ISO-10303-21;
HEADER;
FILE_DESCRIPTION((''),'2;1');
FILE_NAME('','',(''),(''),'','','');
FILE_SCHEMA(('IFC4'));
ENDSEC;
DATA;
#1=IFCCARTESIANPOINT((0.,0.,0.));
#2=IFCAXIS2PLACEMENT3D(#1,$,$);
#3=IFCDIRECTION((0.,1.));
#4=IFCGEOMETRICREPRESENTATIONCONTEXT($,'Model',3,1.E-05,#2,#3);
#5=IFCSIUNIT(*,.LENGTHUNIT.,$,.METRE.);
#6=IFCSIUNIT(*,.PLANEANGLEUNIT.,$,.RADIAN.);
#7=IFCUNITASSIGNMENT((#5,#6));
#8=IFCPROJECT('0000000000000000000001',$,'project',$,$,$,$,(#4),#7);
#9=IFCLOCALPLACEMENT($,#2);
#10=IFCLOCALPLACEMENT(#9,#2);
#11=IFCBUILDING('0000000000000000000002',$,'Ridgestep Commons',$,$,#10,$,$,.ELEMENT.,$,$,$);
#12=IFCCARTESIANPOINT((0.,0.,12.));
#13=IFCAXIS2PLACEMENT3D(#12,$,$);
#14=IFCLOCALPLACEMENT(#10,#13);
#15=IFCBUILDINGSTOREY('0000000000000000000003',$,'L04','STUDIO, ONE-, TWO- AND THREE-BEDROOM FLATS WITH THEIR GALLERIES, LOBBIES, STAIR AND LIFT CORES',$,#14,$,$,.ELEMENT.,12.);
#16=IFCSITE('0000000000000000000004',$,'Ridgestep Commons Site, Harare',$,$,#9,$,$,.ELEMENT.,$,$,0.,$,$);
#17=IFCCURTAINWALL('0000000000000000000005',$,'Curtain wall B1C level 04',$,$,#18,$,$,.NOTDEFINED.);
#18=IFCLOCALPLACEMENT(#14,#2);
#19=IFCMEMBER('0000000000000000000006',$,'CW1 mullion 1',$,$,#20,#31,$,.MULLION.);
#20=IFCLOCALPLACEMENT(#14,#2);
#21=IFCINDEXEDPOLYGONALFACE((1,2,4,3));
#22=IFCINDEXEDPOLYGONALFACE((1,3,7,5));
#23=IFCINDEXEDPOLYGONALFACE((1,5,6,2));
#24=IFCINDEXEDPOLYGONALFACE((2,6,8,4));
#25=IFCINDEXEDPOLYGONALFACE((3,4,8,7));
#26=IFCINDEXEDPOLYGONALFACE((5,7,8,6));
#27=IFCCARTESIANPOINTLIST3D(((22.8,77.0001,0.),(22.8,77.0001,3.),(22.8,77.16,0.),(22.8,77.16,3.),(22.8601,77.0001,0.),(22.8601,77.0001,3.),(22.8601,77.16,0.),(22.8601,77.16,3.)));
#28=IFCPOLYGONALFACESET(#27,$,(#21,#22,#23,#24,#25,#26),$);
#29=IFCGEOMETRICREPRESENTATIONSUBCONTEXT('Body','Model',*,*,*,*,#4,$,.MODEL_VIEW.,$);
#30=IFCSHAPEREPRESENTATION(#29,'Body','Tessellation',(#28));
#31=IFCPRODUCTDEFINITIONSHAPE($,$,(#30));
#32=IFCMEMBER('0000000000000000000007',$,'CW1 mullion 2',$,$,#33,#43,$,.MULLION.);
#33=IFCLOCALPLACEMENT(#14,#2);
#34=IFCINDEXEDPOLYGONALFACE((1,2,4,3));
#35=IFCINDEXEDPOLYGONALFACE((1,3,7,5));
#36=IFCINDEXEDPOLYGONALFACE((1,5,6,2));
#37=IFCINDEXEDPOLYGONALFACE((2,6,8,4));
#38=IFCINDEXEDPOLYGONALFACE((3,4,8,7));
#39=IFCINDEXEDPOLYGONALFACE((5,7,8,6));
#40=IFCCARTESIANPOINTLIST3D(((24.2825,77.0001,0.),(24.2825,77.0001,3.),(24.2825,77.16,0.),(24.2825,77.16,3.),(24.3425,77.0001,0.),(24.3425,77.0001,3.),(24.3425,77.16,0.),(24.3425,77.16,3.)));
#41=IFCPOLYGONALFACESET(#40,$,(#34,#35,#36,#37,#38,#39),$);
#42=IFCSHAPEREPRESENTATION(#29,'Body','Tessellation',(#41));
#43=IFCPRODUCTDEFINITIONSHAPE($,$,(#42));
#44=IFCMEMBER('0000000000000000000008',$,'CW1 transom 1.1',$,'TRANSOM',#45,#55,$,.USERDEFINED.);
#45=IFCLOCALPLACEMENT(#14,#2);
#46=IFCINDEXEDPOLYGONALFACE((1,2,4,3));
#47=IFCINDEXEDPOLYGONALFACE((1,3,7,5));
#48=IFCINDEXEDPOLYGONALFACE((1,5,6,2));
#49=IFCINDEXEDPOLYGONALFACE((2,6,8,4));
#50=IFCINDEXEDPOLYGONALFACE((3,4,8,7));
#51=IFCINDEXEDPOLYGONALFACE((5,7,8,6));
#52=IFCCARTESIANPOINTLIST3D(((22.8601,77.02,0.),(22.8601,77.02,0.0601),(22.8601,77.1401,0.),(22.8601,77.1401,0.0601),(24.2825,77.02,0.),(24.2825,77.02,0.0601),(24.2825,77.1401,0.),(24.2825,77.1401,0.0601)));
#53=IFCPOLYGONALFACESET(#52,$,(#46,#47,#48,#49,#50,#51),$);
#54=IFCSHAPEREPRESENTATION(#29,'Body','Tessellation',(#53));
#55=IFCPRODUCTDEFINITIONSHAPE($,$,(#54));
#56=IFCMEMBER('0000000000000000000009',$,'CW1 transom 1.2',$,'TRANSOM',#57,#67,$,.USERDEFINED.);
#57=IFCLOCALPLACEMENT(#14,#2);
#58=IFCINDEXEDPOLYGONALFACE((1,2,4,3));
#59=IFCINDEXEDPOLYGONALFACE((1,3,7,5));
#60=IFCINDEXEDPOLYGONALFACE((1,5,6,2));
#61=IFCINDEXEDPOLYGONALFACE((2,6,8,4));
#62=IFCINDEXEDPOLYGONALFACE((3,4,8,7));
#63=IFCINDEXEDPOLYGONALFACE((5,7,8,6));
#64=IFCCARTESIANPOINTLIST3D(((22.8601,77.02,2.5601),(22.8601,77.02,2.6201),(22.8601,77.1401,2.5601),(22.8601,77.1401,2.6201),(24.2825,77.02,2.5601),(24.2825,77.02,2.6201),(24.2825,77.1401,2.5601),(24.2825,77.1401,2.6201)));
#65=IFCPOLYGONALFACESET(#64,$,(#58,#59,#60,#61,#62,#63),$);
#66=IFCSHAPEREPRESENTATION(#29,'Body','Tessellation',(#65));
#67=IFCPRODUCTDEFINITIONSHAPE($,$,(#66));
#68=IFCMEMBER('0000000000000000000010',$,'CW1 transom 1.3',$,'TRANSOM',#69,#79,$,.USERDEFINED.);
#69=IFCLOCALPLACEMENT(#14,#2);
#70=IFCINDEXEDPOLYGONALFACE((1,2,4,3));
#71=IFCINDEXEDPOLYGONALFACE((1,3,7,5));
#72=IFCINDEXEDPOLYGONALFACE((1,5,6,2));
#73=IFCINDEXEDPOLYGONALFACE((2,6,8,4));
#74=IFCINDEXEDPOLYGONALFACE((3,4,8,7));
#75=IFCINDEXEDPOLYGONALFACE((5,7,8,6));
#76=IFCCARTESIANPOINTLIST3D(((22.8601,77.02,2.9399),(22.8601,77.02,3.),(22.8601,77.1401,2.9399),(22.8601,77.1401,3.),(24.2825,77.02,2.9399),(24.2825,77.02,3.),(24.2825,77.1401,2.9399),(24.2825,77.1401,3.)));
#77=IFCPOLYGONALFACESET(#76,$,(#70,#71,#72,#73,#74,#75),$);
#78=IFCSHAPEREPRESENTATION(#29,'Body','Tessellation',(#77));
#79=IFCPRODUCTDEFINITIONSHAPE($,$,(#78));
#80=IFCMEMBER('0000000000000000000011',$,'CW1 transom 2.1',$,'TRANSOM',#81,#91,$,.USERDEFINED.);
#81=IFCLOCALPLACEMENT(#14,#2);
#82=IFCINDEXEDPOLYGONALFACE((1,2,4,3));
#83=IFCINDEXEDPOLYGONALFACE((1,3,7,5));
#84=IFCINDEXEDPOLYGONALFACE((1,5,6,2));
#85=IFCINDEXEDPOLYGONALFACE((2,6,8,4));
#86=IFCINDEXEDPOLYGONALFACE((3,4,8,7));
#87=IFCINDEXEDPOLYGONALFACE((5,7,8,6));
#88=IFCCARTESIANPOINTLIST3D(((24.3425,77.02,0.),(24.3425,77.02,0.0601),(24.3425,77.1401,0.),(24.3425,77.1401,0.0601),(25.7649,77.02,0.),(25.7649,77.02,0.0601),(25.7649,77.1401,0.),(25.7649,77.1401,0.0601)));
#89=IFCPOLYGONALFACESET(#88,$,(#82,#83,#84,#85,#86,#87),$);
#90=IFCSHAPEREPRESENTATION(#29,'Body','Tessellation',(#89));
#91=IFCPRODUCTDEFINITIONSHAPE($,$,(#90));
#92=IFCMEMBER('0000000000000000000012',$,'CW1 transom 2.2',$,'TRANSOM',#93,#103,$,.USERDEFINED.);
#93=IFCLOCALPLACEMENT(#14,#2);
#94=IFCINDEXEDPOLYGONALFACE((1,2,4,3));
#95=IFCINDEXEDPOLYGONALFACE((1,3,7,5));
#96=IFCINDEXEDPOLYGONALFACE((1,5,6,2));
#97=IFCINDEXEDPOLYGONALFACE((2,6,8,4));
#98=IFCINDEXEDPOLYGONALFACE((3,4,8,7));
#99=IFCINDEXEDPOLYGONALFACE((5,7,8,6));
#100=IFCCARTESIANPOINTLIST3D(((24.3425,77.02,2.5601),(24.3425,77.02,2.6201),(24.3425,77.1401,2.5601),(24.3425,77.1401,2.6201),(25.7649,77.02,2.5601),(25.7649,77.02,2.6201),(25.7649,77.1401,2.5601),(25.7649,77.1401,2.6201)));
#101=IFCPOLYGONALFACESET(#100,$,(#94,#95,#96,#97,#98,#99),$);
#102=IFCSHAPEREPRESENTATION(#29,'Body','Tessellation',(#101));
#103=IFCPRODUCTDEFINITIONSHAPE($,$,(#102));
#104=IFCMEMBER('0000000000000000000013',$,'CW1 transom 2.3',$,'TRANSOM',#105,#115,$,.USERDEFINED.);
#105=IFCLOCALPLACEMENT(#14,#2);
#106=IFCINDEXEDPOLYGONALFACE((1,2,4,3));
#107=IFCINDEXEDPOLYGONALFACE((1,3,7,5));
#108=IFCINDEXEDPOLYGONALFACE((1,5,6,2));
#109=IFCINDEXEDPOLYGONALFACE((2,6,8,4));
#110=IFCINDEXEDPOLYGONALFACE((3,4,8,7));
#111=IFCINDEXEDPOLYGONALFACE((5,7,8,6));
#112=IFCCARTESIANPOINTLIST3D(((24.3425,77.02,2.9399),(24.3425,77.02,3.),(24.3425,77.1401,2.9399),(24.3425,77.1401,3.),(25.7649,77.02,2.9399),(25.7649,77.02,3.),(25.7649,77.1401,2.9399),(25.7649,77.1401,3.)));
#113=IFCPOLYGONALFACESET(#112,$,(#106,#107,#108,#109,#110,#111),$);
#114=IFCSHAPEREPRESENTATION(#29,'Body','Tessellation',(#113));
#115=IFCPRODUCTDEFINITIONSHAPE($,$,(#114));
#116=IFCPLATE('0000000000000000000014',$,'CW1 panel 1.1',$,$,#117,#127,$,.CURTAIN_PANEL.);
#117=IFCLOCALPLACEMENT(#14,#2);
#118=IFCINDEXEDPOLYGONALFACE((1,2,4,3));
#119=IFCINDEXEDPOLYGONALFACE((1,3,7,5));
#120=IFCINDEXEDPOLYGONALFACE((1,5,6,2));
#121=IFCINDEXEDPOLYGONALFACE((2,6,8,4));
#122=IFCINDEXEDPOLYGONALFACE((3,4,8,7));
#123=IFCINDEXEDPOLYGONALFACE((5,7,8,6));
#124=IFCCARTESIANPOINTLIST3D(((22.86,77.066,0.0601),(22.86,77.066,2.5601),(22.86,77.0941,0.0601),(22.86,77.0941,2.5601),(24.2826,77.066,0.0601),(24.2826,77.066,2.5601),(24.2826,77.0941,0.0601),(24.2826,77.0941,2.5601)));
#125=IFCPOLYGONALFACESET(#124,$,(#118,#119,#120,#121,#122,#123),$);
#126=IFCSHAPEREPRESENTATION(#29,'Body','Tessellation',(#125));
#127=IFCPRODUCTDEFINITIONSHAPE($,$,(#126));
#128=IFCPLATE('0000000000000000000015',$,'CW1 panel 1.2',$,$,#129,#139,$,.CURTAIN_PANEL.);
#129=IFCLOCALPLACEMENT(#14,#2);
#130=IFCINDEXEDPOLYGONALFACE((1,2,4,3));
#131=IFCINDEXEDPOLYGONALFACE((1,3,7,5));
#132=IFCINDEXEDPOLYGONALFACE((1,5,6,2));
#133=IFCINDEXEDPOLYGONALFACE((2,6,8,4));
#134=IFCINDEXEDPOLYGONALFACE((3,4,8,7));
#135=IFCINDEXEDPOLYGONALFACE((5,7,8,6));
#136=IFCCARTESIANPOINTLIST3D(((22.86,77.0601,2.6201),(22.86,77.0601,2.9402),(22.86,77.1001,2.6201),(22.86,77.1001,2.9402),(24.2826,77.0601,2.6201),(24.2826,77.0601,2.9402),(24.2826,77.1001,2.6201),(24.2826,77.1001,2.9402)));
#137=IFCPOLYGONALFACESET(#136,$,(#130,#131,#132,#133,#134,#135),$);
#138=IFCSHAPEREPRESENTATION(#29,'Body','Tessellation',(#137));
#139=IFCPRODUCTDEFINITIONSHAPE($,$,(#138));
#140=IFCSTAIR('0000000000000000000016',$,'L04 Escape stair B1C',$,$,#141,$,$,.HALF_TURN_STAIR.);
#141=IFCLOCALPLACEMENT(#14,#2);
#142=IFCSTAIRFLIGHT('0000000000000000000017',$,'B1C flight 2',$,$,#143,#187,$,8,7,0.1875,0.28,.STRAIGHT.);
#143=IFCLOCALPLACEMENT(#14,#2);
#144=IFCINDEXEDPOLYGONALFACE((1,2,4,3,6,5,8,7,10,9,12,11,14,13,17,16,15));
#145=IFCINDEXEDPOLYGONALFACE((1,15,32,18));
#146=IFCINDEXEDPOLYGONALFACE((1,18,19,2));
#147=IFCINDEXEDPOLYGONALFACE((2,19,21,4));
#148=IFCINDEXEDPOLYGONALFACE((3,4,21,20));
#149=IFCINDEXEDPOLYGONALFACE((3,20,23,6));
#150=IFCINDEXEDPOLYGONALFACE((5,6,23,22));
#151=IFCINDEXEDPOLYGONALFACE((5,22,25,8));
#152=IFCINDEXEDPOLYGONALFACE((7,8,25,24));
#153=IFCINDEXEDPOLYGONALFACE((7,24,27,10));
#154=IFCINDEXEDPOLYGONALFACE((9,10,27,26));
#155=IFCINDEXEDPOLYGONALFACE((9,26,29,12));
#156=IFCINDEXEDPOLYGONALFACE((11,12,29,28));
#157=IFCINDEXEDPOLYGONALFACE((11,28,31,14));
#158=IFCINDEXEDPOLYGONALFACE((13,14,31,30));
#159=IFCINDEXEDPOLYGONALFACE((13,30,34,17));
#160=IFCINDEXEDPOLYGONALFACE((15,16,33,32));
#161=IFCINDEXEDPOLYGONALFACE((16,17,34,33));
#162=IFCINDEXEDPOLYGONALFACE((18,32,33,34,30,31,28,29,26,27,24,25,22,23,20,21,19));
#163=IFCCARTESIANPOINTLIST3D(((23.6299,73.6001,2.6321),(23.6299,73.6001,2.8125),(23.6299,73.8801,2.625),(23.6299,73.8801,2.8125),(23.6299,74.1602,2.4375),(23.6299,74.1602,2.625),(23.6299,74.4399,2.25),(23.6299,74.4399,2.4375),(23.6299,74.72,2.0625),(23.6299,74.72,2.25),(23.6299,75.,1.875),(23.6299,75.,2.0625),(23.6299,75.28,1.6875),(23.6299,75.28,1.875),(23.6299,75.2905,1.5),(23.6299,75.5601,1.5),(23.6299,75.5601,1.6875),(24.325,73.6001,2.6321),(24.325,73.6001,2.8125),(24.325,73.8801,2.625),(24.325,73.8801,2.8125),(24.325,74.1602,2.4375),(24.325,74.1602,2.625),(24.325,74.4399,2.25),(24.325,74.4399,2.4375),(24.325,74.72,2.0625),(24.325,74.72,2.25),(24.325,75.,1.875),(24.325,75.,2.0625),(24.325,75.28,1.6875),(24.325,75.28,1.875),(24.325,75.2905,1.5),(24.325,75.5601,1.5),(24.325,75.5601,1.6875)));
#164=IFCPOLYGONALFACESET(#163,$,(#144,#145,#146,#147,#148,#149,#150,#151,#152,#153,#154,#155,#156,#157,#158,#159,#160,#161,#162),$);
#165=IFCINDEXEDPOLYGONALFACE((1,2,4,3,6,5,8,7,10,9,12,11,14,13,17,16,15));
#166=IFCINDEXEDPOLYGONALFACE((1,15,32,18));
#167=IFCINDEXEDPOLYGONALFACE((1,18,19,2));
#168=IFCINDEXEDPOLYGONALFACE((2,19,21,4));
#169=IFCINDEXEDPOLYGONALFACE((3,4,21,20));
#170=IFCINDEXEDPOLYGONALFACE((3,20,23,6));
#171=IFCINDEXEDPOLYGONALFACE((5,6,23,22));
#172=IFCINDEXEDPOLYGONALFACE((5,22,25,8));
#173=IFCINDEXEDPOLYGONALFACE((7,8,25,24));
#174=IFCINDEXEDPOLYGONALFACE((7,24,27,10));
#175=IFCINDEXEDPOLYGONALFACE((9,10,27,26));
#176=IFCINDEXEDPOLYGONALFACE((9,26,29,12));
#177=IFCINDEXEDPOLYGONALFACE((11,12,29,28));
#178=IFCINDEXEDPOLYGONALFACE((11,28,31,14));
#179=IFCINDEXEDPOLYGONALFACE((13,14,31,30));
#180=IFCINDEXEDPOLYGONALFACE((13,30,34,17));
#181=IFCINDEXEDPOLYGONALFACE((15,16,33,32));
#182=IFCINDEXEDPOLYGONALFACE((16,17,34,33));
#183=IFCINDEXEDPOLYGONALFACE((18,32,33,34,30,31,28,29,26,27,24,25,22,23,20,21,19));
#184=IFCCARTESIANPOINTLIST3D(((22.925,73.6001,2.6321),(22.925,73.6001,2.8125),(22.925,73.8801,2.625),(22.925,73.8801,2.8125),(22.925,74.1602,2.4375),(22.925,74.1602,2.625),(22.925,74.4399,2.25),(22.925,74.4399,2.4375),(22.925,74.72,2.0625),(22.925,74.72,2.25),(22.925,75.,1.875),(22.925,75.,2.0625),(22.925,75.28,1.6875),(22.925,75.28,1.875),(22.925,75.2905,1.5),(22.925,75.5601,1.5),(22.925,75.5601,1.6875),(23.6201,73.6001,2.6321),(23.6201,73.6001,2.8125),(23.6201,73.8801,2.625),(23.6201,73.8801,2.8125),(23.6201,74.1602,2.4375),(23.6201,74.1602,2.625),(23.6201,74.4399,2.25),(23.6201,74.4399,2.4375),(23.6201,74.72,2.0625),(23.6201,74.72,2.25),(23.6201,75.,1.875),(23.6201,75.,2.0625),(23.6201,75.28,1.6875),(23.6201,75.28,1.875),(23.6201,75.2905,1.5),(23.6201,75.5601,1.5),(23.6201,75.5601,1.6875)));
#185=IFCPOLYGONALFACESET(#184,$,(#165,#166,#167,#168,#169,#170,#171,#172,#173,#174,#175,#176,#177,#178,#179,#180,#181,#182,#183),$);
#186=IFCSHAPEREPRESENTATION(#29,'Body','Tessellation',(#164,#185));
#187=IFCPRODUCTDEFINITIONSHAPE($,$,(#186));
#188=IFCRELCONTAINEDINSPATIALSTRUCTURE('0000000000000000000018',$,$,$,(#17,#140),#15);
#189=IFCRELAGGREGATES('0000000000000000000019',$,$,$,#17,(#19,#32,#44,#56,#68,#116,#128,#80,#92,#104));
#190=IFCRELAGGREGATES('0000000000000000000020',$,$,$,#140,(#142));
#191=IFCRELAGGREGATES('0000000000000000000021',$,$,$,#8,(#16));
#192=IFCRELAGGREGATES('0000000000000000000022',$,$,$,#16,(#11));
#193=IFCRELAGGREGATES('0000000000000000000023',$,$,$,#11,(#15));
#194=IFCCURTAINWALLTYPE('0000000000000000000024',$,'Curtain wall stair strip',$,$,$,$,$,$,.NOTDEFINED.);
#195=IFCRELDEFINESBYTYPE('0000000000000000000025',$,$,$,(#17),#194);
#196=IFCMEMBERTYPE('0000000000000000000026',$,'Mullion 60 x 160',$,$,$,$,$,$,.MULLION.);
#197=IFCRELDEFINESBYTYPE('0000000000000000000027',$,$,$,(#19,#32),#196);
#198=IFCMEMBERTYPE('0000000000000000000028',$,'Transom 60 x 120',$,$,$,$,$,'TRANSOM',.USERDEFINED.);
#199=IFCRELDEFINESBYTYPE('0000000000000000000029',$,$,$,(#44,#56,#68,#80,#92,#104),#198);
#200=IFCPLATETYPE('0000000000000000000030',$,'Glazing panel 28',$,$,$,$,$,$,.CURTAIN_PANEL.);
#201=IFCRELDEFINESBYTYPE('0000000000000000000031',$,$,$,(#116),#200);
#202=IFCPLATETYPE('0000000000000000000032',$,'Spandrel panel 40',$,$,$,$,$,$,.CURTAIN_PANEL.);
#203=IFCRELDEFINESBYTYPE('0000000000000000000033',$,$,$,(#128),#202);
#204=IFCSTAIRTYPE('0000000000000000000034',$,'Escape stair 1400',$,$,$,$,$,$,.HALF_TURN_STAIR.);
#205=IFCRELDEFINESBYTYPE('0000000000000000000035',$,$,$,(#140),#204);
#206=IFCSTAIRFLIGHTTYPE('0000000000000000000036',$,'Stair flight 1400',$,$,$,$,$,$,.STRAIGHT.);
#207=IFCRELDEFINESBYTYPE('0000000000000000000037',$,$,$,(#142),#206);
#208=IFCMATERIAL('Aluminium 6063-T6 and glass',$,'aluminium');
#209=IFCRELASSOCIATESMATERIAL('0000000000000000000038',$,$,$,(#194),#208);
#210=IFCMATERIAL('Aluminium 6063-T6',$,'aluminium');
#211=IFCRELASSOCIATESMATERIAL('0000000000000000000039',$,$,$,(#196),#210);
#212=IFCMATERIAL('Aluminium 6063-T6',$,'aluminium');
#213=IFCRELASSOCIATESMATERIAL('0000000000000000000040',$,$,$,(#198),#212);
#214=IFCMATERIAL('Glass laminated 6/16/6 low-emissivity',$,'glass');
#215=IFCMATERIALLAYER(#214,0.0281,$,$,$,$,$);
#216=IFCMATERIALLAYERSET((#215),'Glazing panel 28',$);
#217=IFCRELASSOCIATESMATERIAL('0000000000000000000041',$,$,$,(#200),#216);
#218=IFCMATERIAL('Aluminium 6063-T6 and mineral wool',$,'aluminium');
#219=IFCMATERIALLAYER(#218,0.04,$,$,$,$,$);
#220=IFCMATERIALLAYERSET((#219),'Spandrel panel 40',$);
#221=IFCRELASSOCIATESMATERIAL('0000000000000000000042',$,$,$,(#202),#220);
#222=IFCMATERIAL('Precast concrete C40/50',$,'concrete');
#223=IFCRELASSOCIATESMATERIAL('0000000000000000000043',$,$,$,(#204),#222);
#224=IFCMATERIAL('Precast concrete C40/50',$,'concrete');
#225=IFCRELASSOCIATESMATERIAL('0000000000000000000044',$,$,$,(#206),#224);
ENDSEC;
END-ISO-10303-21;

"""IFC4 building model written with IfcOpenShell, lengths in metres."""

from ifc_helpers import new_model, si_unit, direction, frame, origin, origin_2d, place, context, subcontext, project, spatial, polyline, rectangle, outline, extrude, material, layer, layer_set, material_profile, profile_set, type_object, element, aggregate, save


model = new_model("IFC4")

# Units and contexts
model_context = context("Model", 3, precision=1e-05, world=origin(), true_north=direction((0.0, 1.0)))
body_context = subcontext(model_context, "Body", "Model", "MODEL_VIEW")
ifc_project = project(units=[si_unit("LENGTHUNIT", "METRE"), si_unit("PLANEANGLEUNIT", "RADIAN")], contexts=[model_context])

# Site, building, storey
site_placement = place(None, origin())
site = spatial("IfcSite", under=ifc_project, at=site_placement, Name="Ridgestep Commons Site, Harare", CompositionType="ELEMENT", RefElevation=0.0)
building_placement = place(site_placement, origin())
building = spatial("IfcBuilding", under=site, at=building_placement, Name="Ridgestep Commons", CompositionType="ELEMENT")
storey_placement = place(building_placement, frame((0.0, 0.0, 12.0)))
storey = spatial("IfcBuildingStorey", under=building, at=storey_placement, Name="L04", Description="STUDIO, ONE-, TWO- AND THREE-BEDROOM FLATS WITH THEIR GALLERIES, LOBBIES, STAIR AND LIFT CORES", CompositionType="ELEMENT", Elevation=12.0)

# Curtain wall, members, plates
ifc_material_1 = material(Name="Aluminium 6063-T6 and glass", Category="aluminium")
curtain_wall_type = type_object("IfcCurtainWallType", Name="Curtain wall stair strip", PredefinedType="NOTDEFINED", material=ifc_material_1)
curtain_wall_placement = place(storey_placement, origin())
curtain_wall = element("IfcCurtainWall", 1, at=curtain_wall_placement, inside=storey, type_object=curtain_wall_type, Name="Curtain wall B1C level 04", PredefinedType="NOTDEFINED")
ifc_material_2 = material(Name="Aluminium 6063-T6", Category="aluminium")
ifc_material_profile_1 = material_profile(ifc_material_2, rectangle(XDim=0.1599, YDim=0.0601, at=origin_2d()), Name="Mullion 60 x 160")
ifc_profile_set_1 = profile_set([ifc_material_profile_1], Name="Aluminium 6063-T6")
member_type_1 = type_object("IfcMemberType", Name="Mullion 60 x 160", PredefinedType="MULLION", material=ifc_profile_set_1)
member_1_placement = place(storey_placement, frame((22.8301, 77.0801, 0.0), z_axis=(0.0, 0.0, 1.0), x_axis=(0.0, 1.0, 0.0)))
member_1 = element("IfcMember", 2, at=member_1_placement, type_object=member_type_1, Name="CW1 mullion 1", PredefinedType="MULLION", context=body_context, shape_type="SweptSolid", body=[
    extrude(rectangle(XDim=0.1599, YDim=0.0601, at=origin_2d()), origin(), (0.0, 0.0, 1.0), 3.0),
])
member_2_placement = place(storey_placement, frame((24.3125, 77.0801, 0.0), z_axis=(0.0, 0.0, 1.0), x_axis=(0.0, 1.0, 0.0)))
member_2 = element("IfcMember", 3, at=member_2_placement, type_object=member_type_1, Name="CW1 mullion 2", PredefinedType="MULLION", context=body_context, shape_type="SweptSolid", body=[
    extrude(rectangle(XDim=0.1599, YDim=0.0601, at=origin_2d()), origin(), (0.0, 0.0, 1.0), 3.0),
])
ifc_material_3 = material(Name="Aluminium 6063-T6", Category="aluminium")
ifc_material_profile_2 = material_profile(ifc_material_3, rectangle(XDim=0.1201, YDim=0.0601, at=origin_2d()), Name="Transom 60 x 120")
ifc_profile_set_2 = profile_set([ifc_material_profile_2], Name="Aluminium 6063-T6")
member_type_2 = type_object("IfcMemberType", Name="Transom 60 x 120", ElementType="TRANSOM", PredefinedType="USERDEFINED", material=ifc_profile_set_2)
member_3_placement = place(storey_placement, frame((22.8601, 77.0801, 0.03), z_axis=(1.0, 0.0, 0.0), x_axis=(0.0, 1.0, 0.0)))
member_3 = element("IfcMember", 4, at=member_3_placement, type_object=member_type_2, Name="CW1 transom 1.1", ObjectType="TRANSOM", PredefinedType="USERDEFINED", context=body_context, shape_type="SweptSolid", body=[
    extrude(rectangle(XDim=0.1201, YDim=0.0601, at=origin_2d()), origin(), (0.0, 0.0, 1.0), 1.4224),
])
member_4_placement = place(storey_placement, frame((22.8601, 77.0801, 2.5901), z_axis=(1.0, 0.0, 0.0), x_axis=(0.0, 1.0, 0.0)))
member_4 = element("IfcMember", 5, at=member_4_placement, type_object=member_type_2, Name="CW1 transom 1.2", ObjectType="TRANSOM", PredefinedType="USERDEFINED", context=body_context, shape_type="SweptSolid", body=[
    extrude(rectangle(XDim=0.1201, YDim=0.0601, at=origin_2d()), origin(), (0.0, 0.0, 1.0), 1.4224),
])
member_5_placement = place(storey_placement, frame((22.8601, 77.0801, 2.97), z_axis=(1.0, 0.0, 0.0), x_axis=(0.0, 1.0, 0.0)))
member_5 = element("IfcMember", 6, at=member_5_placement, type_object=member_type_2, Name="CW1 transom 1.3", ObjectType="TRANSOM", PredefinedType="USERDEFINED", context=body_context, shape_type="SweptSolid", body=[
    extrude(rectangle(XDim=0.1201, YDim=0.0601, at=origin_2d()), origin(), (0.0, 0.0, 1.0), 1.4224),
])
member_6_placement = place(storey_placement, frame((24.3425, 77.0801, 0.03), z_axis=(1.0, 0.0, 0.0), x_axis=(0.0, 1.0, 0.0)))
member_6 = element("IfcMember", 7, at=member_6_placement, type_object=member_type_2, Name="CW1 transom 2.1", ObjectType="TRANSOM", PredefinedType="USERDEFINED", context=body_context, shape_type="SweptSolid", body=[
    extrude(rectangle(XDim=0.1201, YDim=0.0601, at=origin_2d()), origin(), (0.0, 0.0, 1.0), 1.4224),
])
member_7_placement = place(storey_placement, frame((24.3425, 77.0801, 2.5901), z_axis=(1.0, 0.0, 0.0), x_axis=(0.0, 1.0, 0.0)))
member_7 = element("IfcMember", 8, at=member_7_placement, type_object=member_type_2, Name="CW1 transom 2.2", ObjectType="TRANSOM", PredefinedType="USERDEFINED", context=body_context, shape_type="SweptSolid", body=[
    extrude(rectangle(XDim=0.1201, YDim=0.0601, at=origin_2d()), origin(), (0.0, 0.0, 1.0), 1.4224),
])
member_8_placement = place(storey_placement, frame((24.3425, 77.0801, 2.97), z_axis=(1.0, 0.0, 0.0), x_axis=(0.0, 1.0, 0.0)))
member_8 = element("IfcMember", 9, at=member_8_placement, type_object=member_type_2, Name="CW1 transom 2.3", ObjectType="TRANSOM", PredefinedType="USERDEFINED", context=body_context, shape_type="SweptSolid", body=[
    extrude(rectangle(XDim=0.1201, YDim=0.0601, at=origin_2d()), origin(), (0.0, 0.0, 1.0), 1.4224),
])
ifc_material_4 = material(Name="Glass laminated 6/16/6 low-emissivity", Category="glass")
ifc_layer_1 = layer(ifc_material_4, 0.0281)
ifc_layer_set_1 = layer_set([ifc_layer_1], Name="Glazing panel 28")
plate_type_1 = type_object("IfcPlateType", Name="Glazing panel 28", PredefinedType="CURTAIN_PANEL", material=ifc_layer_set_1)
plate_1_placement = place(storey_placement, frame((23.5713, 77.0801, 0.0601), z_axis=(0.0, 0.0, 1.0), x_axis=(1.0, 0.0, 0.0)))
plate_1 = element("IfcPlate", 10, at=plate_1_placement, type_object=plate_type_1, Name="CW1 panel 1.1", PredefinedType="CURTAIN_PANEL", context=body_context, shape_type="SweptSolid", body=[
    extrude(rectangle(XDim=1.4226, YDim=0.0281, at=origin_2d()), origin(), (0.0, 0.0, 1.0), 2.5),
])
ifc_material_5 = material(Name="Aluminium 6063-T6 and mineral wool", Category="aluminium")
ifc_layer_2 = layer(ifc_material_5, 0.04)
ifc_layer_set_2 = layer_set([ifc_layer_2], Name="Spandrel panel 40")
plate_type_2 = type_object("IfcPlateType", Name="Spandrel panel 40", PredefinedType="CURTAIN_PANEL", material=ifc_layer_set_2)
plate_2_placement = place(storey_placement, frame((23.5713, 77.0801, 2.6201), z_axis=(0.0, 0.0, 1.0), x_axis=(1.0, 0.0, 0.0)))
plate_2 = element("IfcPlate", 11, at=plate_2_placement, type_object=plate_type_2, Name="CW1 panel 1.2", PredefinedType="CURTAIN_PANEL", context=body_context, shape_type="SweptSolid", body=[
    extrude(rectangle(XDim=1.4226, YDim=0.04, at=origin_2d()), origin(), (0.0, 0.0, 1.0), 0.3201),
])
aggregate(curtain_wall, [member_1, member_2, member_3, member_4, member_5, plate_1, plate_2, member_6, member_7, member_8])

# Stair, stair flight
ifc_material_6 = material(Name="Precast concrete C40/50", Category="concrete")
stair_type = type_object("IfcStairType", Name="Escape stair 1400", PredefinedType="HALF_TURN_STAIR", material=ifc_material_6)
stair_placement = place(storey_placement, origin())
stair = element("IfcStair", 12, at=stair_placement, inside=storey, type_object=stair_type, Name="L04 Escape stair B1C", PredefinedType="HALF_TURN_STAIR")
ifc_material_7 = material(Name="Precast concrete C40/50", Category="concrete")
stair_flight_type = type_object("IfcStairFlightType", Name="Stair flight 1400", PredefinedType="STRAIGHT", material=ifc_material_7)
stair_flight_placement = place(storey_placement, frame((23.625, 75.5601, 1.5), z_axis=(0.0, 0.0, 1.0), x_axis=(0.0, -1.0, 0.0)))
stair_flight = element("IfcStairFlight", 13, at=stair_flight_placement, type_object=stair_flight_type, Name="B1C flight 2", NumberOfRisers=8, NumberOfTreads=7, PredefinedType="STRAIGHT", RiserHeight=0.1875, TreadLength=0.28, context=body_context, shape_type="SweptSolid", body=[
    extrude(outline(polyline([(0.0, 0.0), (0.0, 0.1875), (0.28, 0.1875), (0.28, 0.375), (0.5601, 0.375), (0.5601, 0.5625), (0.8401, 0.5625), (0.8401, 0.75), (1.1201, 0.75), (1.1201, 0.9375), (1.3999, 0.9375), (1.3999, 1.125), (1.6799, 1.125), (1.6799, 1.3125), (1.96, 1.3125), (1.96, 1.5), (1.96, 1.1321), (0.2695, 0.0), (0.0, 0.0)])), frame((0.0, 0.7, 0.0), z_axis=(0.0, -1.0, 0.0), x_axis=(1.0, 0.0, 0.0)), (0.0, 0.0, 1.0), 0.6951),
    extrude(outline(polyline([(0.0, 0.0), (0.0, 0.1875), (0.28, 0.1875), (0.28, 0.375), (0.5601, 0.375), (0.5601, 0.5625), (0.8401, 0.5625), (0.8401, 0.75), (1.1201, 0.75), (1.1201, 0.9375), (1.3999, 0.9375), (1.3999, 1.125), (1.6799, 1.125), (1.6799, 1.3125), (1.96, 1.3125), (1.96, 1.5), (1.96, 1.1321), (0.2695, 0.0), (0.0, 0.0)])), frame((0.0, -0.0049, 0.0), z_axis=(0.0, -1.0, 0.0), x_axis=(1.0, 0.0, 0.0)), (0.0, 0.0, 1.0), 0.6951),
])
aggregate(stair, [stair_flight])

save(model, "model.ifc")
